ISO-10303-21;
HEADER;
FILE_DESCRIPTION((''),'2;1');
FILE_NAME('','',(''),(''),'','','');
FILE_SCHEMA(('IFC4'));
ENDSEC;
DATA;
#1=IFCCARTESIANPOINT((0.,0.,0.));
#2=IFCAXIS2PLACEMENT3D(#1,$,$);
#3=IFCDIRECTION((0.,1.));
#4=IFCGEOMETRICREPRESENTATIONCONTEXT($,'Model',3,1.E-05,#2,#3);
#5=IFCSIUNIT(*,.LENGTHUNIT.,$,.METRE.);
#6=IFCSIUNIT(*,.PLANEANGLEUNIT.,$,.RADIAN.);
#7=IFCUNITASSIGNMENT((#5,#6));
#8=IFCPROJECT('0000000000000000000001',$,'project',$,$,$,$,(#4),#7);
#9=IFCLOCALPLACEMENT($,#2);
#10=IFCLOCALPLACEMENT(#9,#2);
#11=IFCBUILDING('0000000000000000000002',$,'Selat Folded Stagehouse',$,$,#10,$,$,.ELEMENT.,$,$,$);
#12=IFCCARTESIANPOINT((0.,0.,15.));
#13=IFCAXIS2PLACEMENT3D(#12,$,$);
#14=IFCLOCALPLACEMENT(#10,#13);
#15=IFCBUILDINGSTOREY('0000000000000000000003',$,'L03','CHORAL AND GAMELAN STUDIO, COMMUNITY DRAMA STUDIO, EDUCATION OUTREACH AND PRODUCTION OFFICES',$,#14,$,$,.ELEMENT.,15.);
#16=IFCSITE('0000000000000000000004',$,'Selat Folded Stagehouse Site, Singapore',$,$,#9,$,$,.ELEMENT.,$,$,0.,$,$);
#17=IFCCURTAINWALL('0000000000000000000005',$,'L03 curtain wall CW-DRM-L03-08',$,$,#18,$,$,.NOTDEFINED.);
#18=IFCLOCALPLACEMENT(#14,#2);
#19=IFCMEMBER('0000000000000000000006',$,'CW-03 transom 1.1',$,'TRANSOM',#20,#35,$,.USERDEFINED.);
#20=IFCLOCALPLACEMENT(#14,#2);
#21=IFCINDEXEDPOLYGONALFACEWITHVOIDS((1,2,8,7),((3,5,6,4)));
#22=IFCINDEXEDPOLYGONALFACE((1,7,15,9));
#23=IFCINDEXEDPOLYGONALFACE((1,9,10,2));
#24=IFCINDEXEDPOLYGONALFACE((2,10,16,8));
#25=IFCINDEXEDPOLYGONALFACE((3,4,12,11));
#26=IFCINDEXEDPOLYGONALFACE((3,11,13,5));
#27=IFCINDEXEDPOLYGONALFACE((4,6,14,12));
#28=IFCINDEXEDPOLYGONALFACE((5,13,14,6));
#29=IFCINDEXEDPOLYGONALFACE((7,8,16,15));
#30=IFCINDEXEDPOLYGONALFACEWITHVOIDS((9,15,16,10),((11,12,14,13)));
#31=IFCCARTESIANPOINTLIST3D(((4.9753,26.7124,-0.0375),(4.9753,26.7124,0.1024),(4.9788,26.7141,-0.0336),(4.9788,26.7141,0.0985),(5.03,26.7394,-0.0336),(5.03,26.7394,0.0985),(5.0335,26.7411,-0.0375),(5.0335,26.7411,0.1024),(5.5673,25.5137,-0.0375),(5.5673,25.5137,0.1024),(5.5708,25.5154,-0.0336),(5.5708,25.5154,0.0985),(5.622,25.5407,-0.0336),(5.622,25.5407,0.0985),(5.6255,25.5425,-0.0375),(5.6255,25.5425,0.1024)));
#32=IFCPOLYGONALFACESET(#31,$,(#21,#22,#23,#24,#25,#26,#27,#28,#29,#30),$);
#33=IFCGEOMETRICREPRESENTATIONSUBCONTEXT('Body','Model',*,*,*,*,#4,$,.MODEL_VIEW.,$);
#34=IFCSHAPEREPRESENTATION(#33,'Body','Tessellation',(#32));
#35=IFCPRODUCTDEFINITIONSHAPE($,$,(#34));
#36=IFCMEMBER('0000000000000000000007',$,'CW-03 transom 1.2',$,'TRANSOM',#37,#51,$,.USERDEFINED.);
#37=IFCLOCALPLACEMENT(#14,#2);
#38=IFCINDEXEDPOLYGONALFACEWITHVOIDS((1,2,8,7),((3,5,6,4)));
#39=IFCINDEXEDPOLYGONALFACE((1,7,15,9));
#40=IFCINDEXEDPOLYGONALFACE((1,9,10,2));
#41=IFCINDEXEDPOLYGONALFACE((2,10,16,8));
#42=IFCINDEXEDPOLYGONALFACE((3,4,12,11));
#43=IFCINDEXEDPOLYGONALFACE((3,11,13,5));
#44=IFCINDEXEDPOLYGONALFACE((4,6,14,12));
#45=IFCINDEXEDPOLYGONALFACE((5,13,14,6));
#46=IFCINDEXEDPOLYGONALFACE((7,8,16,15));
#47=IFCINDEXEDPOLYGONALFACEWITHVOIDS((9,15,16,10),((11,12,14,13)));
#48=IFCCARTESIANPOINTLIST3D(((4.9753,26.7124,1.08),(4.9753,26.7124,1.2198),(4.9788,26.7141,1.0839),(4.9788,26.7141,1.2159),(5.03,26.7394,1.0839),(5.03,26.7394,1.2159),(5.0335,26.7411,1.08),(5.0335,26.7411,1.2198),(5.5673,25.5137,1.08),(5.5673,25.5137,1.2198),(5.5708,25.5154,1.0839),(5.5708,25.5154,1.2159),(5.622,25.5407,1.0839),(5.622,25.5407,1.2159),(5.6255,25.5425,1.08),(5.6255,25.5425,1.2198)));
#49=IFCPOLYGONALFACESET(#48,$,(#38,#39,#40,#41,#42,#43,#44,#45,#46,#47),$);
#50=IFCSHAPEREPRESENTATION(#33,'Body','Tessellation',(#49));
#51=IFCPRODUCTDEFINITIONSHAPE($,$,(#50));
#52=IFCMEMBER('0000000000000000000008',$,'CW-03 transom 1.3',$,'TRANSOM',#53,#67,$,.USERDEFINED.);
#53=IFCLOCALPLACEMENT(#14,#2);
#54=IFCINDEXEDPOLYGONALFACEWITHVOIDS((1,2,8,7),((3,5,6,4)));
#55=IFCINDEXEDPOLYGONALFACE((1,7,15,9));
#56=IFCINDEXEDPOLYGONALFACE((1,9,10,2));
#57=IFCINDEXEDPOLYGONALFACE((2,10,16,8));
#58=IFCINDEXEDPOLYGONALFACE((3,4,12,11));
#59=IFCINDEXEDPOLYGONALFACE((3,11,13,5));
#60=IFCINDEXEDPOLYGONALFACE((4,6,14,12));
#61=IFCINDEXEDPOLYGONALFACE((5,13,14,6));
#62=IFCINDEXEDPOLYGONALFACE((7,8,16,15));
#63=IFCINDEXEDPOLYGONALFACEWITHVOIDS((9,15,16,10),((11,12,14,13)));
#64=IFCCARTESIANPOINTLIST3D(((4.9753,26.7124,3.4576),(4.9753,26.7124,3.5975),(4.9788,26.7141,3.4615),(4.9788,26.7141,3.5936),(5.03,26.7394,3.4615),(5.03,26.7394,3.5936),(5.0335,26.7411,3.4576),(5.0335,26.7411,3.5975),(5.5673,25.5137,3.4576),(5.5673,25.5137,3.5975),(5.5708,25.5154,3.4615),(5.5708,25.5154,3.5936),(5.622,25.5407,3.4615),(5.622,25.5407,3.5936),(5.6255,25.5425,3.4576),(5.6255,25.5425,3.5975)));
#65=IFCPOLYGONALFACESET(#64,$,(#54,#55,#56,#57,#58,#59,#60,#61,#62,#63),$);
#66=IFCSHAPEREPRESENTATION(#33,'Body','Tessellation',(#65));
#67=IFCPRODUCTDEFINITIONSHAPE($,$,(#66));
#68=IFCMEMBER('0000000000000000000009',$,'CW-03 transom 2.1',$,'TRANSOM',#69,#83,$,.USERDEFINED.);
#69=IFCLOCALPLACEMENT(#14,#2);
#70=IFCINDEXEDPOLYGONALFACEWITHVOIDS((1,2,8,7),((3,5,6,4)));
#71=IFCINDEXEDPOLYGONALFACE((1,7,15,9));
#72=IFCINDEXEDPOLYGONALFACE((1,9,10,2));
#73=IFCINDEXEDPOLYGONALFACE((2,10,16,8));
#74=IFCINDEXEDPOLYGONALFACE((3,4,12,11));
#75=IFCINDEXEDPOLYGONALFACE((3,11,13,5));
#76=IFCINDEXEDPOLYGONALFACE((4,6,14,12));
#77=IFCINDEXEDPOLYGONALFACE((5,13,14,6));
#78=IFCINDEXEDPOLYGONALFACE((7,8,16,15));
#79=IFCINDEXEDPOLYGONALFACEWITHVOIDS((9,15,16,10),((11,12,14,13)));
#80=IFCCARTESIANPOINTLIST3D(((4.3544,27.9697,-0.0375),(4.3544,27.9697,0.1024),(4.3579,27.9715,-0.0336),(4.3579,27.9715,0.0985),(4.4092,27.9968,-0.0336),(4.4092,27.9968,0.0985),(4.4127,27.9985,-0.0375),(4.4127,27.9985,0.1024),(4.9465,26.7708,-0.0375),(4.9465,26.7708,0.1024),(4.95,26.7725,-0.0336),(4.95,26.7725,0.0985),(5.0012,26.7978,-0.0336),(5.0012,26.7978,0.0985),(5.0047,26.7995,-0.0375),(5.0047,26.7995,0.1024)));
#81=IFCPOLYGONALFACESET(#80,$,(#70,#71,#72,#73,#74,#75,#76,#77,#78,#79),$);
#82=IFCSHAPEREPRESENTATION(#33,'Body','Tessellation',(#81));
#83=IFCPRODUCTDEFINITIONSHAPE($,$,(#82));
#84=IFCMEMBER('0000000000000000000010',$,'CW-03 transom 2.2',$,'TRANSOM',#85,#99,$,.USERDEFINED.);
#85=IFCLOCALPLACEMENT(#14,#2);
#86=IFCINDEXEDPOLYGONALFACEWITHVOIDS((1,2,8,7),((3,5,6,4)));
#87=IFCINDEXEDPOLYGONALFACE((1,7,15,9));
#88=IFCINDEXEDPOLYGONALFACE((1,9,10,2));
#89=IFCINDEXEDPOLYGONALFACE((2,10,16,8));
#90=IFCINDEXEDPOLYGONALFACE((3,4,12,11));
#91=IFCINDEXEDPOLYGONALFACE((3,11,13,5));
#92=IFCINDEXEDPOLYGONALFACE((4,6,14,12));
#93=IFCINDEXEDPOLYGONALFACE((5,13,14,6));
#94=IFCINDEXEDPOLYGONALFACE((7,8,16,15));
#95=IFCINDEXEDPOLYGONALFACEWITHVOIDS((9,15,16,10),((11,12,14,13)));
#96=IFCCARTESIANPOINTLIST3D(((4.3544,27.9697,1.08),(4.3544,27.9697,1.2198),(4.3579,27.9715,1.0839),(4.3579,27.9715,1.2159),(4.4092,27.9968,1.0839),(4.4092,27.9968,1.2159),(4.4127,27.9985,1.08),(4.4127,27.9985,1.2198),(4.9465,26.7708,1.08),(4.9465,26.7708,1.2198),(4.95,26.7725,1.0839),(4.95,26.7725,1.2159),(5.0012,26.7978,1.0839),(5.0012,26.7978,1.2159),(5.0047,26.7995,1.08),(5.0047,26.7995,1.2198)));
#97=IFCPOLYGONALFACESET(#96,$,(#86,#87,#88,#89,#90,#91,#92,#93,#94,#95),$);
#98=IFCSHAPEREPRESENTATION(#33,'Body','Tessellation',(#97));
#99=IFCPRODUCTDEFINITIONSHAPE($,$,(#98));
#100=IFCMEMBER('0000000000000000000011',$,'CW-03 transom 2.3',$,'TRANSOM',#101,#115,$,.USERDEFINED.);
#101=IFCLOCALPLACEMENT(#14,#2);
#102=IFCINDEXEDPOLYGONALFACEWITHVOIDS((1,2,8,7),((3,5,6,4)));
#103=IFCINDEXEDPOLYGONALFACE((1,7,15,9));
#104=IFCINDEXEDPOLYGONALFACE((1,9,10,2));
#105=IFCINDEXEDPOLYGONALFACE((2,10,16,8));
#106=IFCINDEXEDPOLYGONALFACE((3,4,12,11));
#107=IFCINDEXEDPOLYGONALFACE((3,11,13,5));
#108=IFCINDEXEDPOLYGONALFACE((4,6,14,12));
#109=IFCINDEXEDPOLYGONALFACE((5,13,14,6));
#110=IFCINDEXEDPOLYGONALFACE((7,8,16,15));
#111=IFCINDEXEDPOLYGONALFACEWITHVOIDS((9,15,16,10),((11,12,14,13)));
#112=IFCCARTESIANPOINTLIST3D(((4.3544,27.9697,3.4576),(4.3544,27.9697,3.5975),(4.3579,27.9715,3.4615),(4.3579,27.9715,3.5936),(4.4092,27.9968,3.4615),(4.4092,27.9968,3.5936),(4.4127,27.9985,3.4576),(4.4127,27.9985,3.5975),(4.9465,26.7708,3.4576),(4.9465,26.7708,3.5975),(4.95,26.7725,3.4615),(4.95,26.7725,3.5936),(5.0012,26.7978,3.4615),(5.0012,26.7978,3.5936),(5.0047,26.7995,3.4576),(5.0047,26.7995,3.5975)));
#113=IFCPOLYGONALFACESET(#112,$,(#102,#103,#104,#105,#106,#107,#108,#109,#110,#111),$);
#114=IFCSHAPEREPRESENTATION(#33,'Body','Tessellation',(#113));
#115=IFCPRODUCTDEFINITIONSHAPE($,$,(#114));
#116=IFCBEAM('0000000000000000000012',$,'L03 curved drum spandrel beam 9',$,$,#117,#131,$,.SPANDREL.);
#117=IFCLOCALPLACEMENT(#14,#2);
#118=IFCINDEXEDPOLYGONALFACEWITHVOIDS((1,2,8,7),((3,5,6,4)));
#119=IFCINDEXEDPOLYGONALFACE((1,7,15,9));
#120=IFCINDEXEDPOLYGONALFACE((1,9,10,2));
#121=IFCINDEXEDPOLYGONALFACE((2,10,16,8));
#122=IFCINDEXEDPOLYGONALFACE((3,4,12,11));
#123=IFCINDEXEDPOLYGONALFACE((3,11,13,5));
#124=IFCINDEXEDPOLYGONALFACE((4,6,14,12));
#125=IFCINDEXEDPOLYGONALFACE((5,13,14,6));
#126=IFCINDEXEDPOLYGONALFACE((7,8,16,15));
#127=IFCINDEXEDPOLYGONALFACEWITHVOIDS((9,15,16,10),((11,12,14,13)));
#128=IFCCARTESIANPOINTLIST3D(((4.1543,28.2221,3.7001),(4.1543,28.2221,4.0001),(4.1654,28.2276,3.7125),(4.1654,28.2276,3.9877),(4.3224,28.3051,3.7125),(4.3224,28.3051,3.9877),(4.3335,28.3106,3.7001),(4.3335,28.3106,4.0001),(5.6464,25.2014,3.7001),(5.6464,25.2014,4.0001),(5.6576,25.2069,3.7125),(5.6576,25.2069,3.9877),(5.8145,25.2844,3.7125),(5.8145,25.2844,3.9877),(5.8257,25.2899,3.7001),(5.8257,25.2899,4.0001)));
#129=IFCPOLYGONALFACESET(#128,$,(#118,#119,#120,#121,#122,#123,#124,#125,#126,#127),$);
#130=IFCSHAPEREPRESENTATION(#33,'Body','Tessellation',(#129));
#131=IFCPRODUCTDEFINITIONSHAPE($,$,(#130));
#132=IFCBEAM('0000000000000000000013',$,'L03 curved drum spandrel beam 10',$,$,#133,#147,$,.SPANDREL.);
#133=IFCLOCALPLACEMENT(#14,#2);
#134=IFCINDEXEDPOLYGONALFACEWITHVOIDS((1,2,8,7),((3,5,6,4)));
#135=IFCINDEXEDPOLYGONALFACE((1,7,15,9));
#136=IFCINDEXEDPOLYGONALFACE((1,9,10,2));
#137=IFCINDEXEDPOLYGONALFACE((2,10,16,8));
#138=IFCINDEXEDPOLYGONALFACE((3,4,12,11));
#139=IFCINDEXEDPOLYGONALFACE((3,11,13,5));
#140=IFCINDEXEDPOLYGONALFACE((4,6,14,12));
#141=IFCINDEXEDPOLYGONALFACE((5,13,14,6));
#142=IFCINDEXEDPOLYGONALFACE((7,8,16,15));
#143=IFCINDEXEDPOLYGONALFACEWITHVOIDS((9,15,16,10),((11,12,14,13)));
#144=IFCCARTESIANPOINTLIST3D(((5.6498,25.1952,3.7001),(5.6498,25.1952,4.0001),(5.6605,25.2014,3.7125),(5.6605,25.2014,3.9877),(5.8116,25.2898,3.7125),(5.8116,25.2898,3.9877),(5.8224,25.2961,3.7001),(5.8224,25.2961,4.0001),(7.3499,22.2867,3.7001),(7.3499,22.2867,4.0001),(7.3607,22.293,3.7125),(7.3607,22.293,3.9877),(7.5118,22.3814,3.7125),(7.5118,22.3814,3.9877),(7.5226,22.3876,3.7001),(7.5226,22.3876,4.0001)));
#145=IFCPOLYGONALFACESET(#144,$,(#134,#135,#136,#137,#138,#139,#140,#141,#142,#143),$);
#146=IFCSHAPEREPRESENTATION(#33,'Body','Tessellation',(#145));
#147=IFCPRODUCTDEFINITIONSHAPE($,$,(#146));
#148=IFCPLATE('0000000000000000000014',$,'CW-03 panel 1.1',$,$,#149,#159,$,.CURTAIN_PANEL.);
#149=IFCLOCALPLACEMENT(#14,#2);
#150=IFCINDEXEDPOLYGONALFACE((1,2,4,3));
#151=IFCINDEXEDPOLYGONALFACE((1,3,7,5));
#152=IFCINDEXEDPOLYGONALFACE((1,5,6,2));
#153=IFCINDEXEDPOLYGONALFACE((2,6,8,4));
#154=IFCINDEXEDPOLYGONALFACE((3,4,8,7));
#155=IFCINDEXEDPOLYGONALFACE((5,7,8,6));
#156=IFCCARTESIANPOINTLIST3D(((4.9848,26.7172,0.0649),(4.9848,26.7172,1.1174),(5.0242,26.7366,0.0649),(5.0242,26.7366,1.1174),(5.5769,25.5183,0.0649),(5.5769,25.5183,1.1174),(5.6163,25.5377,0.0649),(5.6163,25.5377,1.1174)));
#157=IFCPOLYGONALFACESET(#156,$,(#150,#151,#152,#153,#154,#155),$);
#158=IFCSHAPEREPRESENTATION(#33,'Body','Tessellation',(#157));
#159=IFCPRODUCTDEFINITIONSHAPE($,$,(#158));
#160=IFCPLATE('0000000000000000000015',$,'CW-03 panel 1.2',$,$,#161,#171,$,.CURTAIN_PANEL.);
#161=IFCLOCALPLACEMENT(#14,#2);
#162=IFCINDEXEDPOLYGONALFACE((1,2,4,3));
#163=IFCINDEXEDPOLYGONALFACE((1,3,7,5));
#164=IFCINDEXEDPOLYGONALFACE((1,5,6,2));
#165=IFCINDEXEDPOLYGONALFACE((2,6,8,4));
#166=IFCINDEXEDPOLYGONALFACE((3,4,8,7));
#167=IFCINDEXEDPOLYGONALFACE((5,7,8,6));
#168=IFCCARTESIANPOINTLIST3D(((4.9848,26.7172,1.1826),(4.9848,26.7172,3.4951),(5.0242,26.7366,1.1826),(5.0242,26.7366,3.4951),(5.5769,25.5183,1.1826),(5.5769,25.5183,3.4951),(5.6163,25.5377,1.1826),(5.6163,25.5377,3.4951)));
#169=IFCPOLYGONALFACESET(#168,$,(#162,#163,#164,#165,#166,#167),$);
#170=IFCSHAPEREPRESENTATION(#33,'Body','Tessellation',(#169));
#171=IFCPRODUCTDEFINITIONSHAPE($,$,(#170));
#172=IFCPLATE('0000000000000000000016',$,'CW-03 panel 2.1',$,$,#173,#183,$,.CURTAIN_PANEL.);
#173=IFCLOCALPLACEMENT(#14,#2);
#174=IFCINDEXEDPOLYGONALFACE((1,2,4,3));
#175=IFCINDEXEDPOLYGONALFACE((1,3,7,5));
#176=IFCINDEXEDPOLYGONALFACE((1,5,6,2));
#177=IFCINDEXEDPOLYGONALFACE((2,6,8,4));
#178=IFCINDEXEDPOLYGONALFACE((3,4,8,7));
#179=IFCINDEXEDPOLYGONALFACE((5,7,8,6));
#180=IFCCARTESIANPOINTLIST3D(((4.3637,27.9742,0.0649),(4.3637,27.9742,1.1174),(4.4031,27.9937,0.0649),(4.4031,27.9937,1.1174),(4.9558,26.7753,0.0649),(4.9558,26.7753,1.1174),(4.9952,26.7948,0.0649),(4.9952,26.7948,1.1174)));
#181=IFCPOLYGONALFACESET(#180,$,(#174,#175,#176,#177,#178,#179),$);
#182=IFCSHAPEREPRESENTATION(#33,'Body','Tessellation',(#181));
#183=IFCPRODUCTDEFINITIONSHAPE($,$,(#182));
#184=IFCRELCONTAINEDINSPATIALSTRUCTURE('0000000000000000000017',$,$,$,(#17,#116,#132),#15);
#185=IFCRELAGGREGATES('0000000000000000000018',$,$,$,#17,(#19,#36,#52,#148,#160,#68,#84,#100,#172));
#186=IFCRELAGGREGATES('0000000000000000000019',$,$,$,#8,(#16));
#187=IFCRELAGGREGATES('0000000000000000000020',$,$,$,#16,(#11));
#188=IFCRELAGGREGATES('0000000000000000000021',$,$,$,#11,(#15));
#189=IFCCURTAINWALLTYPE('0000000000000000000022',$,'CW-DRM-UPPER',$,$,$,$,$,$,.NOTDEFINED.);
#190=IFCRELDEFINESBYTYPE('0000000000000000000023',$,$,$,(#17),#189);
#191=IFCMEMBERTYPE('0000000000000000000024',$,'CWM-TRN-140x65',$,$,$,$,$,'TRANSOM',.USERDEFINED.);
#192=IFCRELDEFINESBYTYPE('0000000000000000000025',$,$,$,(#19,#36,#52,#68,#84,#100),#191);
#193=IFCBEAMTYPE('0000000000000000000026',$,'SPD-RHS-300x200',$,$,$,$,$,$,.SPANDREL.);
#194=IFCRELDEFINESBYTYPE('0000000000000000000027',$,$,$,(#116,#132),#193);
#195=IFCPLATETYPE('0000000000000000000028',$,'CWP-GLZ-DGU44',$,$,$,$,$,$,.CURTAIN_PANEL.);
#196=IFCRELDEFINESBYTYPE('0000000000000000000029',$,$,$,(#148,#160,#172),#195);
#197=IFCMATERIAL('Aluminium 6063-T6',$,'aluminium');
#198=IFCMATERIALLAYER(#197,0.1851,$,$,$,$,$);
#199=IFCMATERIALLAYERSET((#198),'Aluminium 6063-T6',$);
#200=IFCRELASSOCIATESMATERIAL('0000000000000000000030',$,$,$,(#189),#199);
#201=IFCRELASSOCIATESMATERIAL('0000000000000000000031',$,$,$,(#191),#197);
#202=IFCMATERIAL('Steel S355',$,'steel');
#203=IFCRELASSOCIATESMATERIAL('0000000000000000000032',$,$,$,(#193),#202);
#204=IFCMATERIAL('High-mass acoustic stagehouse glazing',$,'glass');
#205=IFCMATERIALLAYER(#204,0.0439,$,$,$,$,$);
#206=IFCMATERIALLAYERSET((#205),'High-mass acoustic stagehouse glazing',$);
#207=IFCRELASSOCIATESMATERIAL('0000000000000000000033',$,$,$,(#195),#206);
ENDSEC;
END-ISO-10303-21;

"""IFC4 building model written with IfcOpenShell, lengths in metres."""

from ifc_helpers import new_model, si_unit, direction, frame, origin, origin_2d, place, context, subcontext, project, spatial, rectangle, hollow_rectangle, extrude, material, layer, layer_set, material_profile, profile_set, type_object, element, aggregate, save


model = new_model("IFC4")

# Units and contexts
model_context = context("Model", 3, precision=1e-05, world=origin(), true_north=direction((0.0, 1.0)))
body_context = subcontext(model_context, "Body", "Model", "MODEL_VIEW")
ifc_project = project(units=[si_unit("LENGTHUNIT", "METRE"), si_unit("PLANEANGLEUNIT", "RADIAN")], contexts=[model_context])

# Site, building, storey
site_placement = place(None, origin())
site = spatial("IfcSite", under=ifc_project, at=site_placement, Name="Selat Folded Stagehouse Site, Singapore", CompositionType="ELEMENT", RefElevation=0.0)
building_placement = place(site_placement, origin())
building = spatial("IfcBuilding", under=site, at=building_placement, Name="Selat Folded Stagehouse", CompositionType="ELEMENT")
storey_placement = place(building_placement, frame((0.0, 0.0, 15.0)))
storey = spatial("IfcBuildingStorey", under=building, at=storey_placement, Name="L03", Description="CHORAL AND GAMELAN STUDIO, COMMUNITY DRAMA STUDIO, EDUCATION OUTREACH AND PRODUCTION OFFICES", CompositionType="ELEMENT", Elevation=15.0)

# Shared definitions
ifc_material_1 = material(Name="Steel S355", Category="steel")

# Shared definitions
ifc_material_2 = material(Name="Aluminium 6063-T6", Category="aluminium")
ifc_layer_1 = layer(ifc_material_2, 0.1851)
ifc_layer_set_1 = layer_set([ifc_layer_1], Name="Aluminium 6063-T6")
curtain_wall_type = type_object("IfcCurtainWallType", Name="CW-DRM-UPPER", PredefinedType="NOTDEFINED", material=ifc_layer_set_1)

# Curtain wall
curtain_wall_1_placement = place(storey_placement, origin())
curtain_wall_1 = element("IfcCurtainWall", 1, at=curtain_wall_1_placement, inside=storey, type_object=curtain_wall_type, Name="L03 curtain wall CW-DRM-L03-08", PredefinedType="NOTDEFINED")

# Members
ifc_material_profile_1 = material_profile(ifc_material_2, hollow_rectangle(XDim=0.0649, YDim=0.1399, WallThickness=0.0039, at=origin_2d()), Name="ALU 140x65x4.0")
ifc_profile_set_1 = profile_set([ifc_material_profile_1], Name="Aluminium 6063-T6")
member_type_1 = type_object("IfcMemberType", Name="CWM-TRN-140x65", ElementType="TRANSOM", PredefinedType="USERDEFINED", material=ifc_profile_set_1)
member_1_placement = place(storey_placement, frame((5.5964, 25.5281, 0.0325), z_axis=(-0.442826, 0.896608, 0.0), x_axis=(-0.896608, -0.442826, 0.0)))
member_1 = element("IfcMember", 2, at=member_1_placement, type_object=member_type_1, Name="CW-03 transom 1.1", ObjectType="TRANSOM", PredefinedType="USERDEFINED", context=body_context, shape_type="SweptSolid", body=[
    extrude(hollow_rectangle(XDim=0.0649, YDim=0.1399, WallThickness=0.0039, at=origin_2d()), origin(), (0.0, 0.0, 1.0), 1.3369),
])
member_2_placement = place(storey_placement, frame((5.5964, 25.5281, 1.1499), z_axis=(-0.442826, 0.896608, 0.0), x_axis=(-0.896608, -0.442826, 0.0)))
member_2 = element("IfcMember", 3, at=member_2_placement, type_object=member_type_1, Name="CW-03 transom 1.2", ObjectType="TRANSOM", PredefinedType="USERDEFINED", context=body_context, shape_type="SweptSolid", body=[
    extrude(hollow_rectangle(XDim=0.0649, YDim=0.1399, WallThickness=0.0039, at=origin_2d()), origin(), (0.0, 0.0, 1.0), 1.3369),
])
member_3_placement = place(storey_placement, frame((5.5964, 25.5281, 3.5276), z_axis=(-0.442826, 0.896608, 0.0), x_axis=(-0.896608, -0.442826, 0.0)))
member_3 = element("IfcMember", 4, at=member_3_placement, type_object=member_type_1, Name="CW-03 transom 1.3", ObjectType="TRANSOM", PredefinedType="USERDEFINED", context=body_context, shape_type="SweptSolid", body=[
    extrude(hollow_rectangle(XDim=0.0649, YDim=0.1399, WallThickness=0.0039, at=origin_2d()), origin(), (0.0, 0.0, 1.0), 1.3369),
])
member_4_placement = place(storey_placement, frame((4.9756, 26.7852, 0.0325), z_axis=(-0.442753, 0.896644, 0.0), x_axis=(-0.896644, -0.442753, 0.0)))
member_4 = element("IfcMember", 5, at=member_4_placement, type_object=member_type_1, Name="CW-03 transom 2.1", ObjectType="TRANSOM", PredefinedType="USERDEFINED", context=body_context, shape_type="SweptSolid", body=[
    extrude(hollow_rectangle(XDim=0.0649, YDim=0.1399, WallThickness=0.0039, at=origin_2d()), origin(), (0.0, 0.0, 1.0), 1.3372),
])
member_5_placement = place(storey_placement, frame((4.9756, 26.7852, 1.1499), z_axis=(-0.442753, 0.896644, 0.0), x_axis=(-0.896644, -0.442753, 0.0)))
member_5 = element("IfcMember", 6, at=member_5_placement, type_object=member_type_1, Name="CW-03 transom 2.2", ObjectType="TRANSOM", PredefinedType="USERDEFINED", context=body_context, shape_type="SweptSolid", body=[
    extrude(hollow_rectangle(XDim=0.0649, YDim=0.1399, WallThickness=0.0039, at=origin_2d()), origin(), (0.0, 0.0, 1.0), 1.3372),
])
member_6_placement = place(storey_placement, frame((4.9756, 26.7852, 3.5276), z_axis=(-0.442753, 0.896644, 0.0), x_axis=(-0.896644, -0.442753, 0.0)))
member_6 = element("IfcMember", 7, at=member_6_placement, type_object=member_type_1, Name="CW-03 transom 2.3", ObjectType="TRANSOM", PredefinedType="USERDEFINED", context=body_context, shape_type="SweptSolid", body=[
    extrude(hollow_rectangle(XDim=0.0649, YDim=0.1399, WallThickness=0.0039, at=origin_2d()), origin(), (0.0, 0.0, 1.0), 1.3372),
])

# Beams
ifc_material_profile_2 = material_profile(ifc_material_1, hollow_rectangle(XDim=0.2, YDim=0.3, WallThickness=0.0125, at=origin_2d()), Name="RHS 300x200x12.5")
ifc_profile_set_2 = profile_set([ifc_material_profile_2], Name="Steel S355")
beam_type = type_object("IfcBeamType", Name="SPD-RHS-300x200", PredefinedType="SPANDREL", material=ifc_profile_set_2)
beam_1_placement = place(storey_placement, frame((4.2439, 28.2664, 3.8501), z_axis=(0.44289, -0.896576, 0.0), x_axis=(0.896576, 0.44289, 0.0)))
element("IfcBeam", 8, at=beam_1_placement, inside=storey, type_object=beam_type, Name="L03 curved drum spandrel beam 9", PredefinedType="SPANDREL", context=body_context, shape_type="SweptSolid", body=[
    extrude(hollow_rectangle(XDim=0.2, YDim=0.3, WallThickness=0.0125, at=origin_2d()), origin(), (0.0, 0.0, 1.0), 3.3691),
])
beam_2_placement = place(storey_placement, frame((5.7361, 25.2456, 3.8501), z_axis=(0.504668, -0.863313, 0.0), x_axis=(0.863313, 0.504668, 0.0)))
element("IfcBeam", 9, at=beam_2_placement, inside=storey, type_object=beam_type, Name="L03 curved drum spandrel beam 10", PredefinedType="SPANDREL", context=body_context, shape_type="SweptSolid", body=[
    extrude(hollow_rectangle(XDim=0.2, YDim=0.3, WallThickness=0.0125, at=origin_2d()), origin(), (0.0, 0.0, 1.0), 3.3689),
])

# Plates
ifc_material_3 = material(Name="High-mass acoustic stagehouse glazing", Category="glass")
ifc_layer_2 = layer(ifc_material_3, 0.0439)
ifc_layer_set_2 = layer_set([ifc_layer_2], Name="High-mass acoustic stagehouse glazing")
plate_type = type_object("IfcPlateType", Name="CWP-GLZ-DGU44", PredefinedType="CURTAIN_PANEL", material=ifc_layer_set_2)
plate_1_placement = place(storey_placement, frame((5.3005, 26.1274, 0.0649), z_axis=(0.0, 0.0, 1.0), x_axis=(-0.442845, 0.896598, 0.0)))
plate_1 = element("IfcPlate", 10, at=plate_1_placement, type_object=plate_type, Name="CW-03 panel 1.1", PredefinedType="CURTAIN_PANEL", context=body_context, shape_type="SweptSolid", body=[
    extrude(rectangle(XDim=1.3372, YDim=0.0439, at=origin_2d()), origin(), (0.0, 0.0, 1.0), 1.0525),
])
plate_2_placement = place(storey_placement, frame((5.3005, 26.1274, 1.1826), z_axis=(0.0, 0.0, 1.0), x_axis=(-0.442845, 0.896598, 0.0)))
plate_2 = element("IfcPlate", 11, at=plate_2_placement, type_object=plate_type, Name="CW-03 panel 1.2", PredefinedType="CURTAIN_PANEL", context=body_context, shape_type="SweptSolid", body=[
    extrude(rectangle(XDim=1.3372, YDim=0.0439, at=origin_2d()), origin(), (0.0, 0.0, 1.0), 2.3125),
])
plate_3_placement = place(storey_placement, frame((4.6794, 27.3845, 0.0649), z_axis=(0.0, 0.0, 1.0), x_axis=(-0.442845, 0.896598, 0.0)))
plate_3 = element("IfcPlate", 12, at=plate_3_placement, type_object=plate_type, Name="CW-03 panel 2.1", PredefinedType="CURTAIN_PANEL", context=body_context, shape_type="SweptSolid", body=[
    extrude(rectangle(XDim=1.3372, YDim=0.0439, at=origin_2d()), origin(), (0.0, 0.0, 1.0), 1.0525),
])
aggregate(curtain_wall_1, [member_1, member_2, member_3, plate_1, plate_2, member_4, member_5, member_6, plate_3])

save(model, "model.ifc")
